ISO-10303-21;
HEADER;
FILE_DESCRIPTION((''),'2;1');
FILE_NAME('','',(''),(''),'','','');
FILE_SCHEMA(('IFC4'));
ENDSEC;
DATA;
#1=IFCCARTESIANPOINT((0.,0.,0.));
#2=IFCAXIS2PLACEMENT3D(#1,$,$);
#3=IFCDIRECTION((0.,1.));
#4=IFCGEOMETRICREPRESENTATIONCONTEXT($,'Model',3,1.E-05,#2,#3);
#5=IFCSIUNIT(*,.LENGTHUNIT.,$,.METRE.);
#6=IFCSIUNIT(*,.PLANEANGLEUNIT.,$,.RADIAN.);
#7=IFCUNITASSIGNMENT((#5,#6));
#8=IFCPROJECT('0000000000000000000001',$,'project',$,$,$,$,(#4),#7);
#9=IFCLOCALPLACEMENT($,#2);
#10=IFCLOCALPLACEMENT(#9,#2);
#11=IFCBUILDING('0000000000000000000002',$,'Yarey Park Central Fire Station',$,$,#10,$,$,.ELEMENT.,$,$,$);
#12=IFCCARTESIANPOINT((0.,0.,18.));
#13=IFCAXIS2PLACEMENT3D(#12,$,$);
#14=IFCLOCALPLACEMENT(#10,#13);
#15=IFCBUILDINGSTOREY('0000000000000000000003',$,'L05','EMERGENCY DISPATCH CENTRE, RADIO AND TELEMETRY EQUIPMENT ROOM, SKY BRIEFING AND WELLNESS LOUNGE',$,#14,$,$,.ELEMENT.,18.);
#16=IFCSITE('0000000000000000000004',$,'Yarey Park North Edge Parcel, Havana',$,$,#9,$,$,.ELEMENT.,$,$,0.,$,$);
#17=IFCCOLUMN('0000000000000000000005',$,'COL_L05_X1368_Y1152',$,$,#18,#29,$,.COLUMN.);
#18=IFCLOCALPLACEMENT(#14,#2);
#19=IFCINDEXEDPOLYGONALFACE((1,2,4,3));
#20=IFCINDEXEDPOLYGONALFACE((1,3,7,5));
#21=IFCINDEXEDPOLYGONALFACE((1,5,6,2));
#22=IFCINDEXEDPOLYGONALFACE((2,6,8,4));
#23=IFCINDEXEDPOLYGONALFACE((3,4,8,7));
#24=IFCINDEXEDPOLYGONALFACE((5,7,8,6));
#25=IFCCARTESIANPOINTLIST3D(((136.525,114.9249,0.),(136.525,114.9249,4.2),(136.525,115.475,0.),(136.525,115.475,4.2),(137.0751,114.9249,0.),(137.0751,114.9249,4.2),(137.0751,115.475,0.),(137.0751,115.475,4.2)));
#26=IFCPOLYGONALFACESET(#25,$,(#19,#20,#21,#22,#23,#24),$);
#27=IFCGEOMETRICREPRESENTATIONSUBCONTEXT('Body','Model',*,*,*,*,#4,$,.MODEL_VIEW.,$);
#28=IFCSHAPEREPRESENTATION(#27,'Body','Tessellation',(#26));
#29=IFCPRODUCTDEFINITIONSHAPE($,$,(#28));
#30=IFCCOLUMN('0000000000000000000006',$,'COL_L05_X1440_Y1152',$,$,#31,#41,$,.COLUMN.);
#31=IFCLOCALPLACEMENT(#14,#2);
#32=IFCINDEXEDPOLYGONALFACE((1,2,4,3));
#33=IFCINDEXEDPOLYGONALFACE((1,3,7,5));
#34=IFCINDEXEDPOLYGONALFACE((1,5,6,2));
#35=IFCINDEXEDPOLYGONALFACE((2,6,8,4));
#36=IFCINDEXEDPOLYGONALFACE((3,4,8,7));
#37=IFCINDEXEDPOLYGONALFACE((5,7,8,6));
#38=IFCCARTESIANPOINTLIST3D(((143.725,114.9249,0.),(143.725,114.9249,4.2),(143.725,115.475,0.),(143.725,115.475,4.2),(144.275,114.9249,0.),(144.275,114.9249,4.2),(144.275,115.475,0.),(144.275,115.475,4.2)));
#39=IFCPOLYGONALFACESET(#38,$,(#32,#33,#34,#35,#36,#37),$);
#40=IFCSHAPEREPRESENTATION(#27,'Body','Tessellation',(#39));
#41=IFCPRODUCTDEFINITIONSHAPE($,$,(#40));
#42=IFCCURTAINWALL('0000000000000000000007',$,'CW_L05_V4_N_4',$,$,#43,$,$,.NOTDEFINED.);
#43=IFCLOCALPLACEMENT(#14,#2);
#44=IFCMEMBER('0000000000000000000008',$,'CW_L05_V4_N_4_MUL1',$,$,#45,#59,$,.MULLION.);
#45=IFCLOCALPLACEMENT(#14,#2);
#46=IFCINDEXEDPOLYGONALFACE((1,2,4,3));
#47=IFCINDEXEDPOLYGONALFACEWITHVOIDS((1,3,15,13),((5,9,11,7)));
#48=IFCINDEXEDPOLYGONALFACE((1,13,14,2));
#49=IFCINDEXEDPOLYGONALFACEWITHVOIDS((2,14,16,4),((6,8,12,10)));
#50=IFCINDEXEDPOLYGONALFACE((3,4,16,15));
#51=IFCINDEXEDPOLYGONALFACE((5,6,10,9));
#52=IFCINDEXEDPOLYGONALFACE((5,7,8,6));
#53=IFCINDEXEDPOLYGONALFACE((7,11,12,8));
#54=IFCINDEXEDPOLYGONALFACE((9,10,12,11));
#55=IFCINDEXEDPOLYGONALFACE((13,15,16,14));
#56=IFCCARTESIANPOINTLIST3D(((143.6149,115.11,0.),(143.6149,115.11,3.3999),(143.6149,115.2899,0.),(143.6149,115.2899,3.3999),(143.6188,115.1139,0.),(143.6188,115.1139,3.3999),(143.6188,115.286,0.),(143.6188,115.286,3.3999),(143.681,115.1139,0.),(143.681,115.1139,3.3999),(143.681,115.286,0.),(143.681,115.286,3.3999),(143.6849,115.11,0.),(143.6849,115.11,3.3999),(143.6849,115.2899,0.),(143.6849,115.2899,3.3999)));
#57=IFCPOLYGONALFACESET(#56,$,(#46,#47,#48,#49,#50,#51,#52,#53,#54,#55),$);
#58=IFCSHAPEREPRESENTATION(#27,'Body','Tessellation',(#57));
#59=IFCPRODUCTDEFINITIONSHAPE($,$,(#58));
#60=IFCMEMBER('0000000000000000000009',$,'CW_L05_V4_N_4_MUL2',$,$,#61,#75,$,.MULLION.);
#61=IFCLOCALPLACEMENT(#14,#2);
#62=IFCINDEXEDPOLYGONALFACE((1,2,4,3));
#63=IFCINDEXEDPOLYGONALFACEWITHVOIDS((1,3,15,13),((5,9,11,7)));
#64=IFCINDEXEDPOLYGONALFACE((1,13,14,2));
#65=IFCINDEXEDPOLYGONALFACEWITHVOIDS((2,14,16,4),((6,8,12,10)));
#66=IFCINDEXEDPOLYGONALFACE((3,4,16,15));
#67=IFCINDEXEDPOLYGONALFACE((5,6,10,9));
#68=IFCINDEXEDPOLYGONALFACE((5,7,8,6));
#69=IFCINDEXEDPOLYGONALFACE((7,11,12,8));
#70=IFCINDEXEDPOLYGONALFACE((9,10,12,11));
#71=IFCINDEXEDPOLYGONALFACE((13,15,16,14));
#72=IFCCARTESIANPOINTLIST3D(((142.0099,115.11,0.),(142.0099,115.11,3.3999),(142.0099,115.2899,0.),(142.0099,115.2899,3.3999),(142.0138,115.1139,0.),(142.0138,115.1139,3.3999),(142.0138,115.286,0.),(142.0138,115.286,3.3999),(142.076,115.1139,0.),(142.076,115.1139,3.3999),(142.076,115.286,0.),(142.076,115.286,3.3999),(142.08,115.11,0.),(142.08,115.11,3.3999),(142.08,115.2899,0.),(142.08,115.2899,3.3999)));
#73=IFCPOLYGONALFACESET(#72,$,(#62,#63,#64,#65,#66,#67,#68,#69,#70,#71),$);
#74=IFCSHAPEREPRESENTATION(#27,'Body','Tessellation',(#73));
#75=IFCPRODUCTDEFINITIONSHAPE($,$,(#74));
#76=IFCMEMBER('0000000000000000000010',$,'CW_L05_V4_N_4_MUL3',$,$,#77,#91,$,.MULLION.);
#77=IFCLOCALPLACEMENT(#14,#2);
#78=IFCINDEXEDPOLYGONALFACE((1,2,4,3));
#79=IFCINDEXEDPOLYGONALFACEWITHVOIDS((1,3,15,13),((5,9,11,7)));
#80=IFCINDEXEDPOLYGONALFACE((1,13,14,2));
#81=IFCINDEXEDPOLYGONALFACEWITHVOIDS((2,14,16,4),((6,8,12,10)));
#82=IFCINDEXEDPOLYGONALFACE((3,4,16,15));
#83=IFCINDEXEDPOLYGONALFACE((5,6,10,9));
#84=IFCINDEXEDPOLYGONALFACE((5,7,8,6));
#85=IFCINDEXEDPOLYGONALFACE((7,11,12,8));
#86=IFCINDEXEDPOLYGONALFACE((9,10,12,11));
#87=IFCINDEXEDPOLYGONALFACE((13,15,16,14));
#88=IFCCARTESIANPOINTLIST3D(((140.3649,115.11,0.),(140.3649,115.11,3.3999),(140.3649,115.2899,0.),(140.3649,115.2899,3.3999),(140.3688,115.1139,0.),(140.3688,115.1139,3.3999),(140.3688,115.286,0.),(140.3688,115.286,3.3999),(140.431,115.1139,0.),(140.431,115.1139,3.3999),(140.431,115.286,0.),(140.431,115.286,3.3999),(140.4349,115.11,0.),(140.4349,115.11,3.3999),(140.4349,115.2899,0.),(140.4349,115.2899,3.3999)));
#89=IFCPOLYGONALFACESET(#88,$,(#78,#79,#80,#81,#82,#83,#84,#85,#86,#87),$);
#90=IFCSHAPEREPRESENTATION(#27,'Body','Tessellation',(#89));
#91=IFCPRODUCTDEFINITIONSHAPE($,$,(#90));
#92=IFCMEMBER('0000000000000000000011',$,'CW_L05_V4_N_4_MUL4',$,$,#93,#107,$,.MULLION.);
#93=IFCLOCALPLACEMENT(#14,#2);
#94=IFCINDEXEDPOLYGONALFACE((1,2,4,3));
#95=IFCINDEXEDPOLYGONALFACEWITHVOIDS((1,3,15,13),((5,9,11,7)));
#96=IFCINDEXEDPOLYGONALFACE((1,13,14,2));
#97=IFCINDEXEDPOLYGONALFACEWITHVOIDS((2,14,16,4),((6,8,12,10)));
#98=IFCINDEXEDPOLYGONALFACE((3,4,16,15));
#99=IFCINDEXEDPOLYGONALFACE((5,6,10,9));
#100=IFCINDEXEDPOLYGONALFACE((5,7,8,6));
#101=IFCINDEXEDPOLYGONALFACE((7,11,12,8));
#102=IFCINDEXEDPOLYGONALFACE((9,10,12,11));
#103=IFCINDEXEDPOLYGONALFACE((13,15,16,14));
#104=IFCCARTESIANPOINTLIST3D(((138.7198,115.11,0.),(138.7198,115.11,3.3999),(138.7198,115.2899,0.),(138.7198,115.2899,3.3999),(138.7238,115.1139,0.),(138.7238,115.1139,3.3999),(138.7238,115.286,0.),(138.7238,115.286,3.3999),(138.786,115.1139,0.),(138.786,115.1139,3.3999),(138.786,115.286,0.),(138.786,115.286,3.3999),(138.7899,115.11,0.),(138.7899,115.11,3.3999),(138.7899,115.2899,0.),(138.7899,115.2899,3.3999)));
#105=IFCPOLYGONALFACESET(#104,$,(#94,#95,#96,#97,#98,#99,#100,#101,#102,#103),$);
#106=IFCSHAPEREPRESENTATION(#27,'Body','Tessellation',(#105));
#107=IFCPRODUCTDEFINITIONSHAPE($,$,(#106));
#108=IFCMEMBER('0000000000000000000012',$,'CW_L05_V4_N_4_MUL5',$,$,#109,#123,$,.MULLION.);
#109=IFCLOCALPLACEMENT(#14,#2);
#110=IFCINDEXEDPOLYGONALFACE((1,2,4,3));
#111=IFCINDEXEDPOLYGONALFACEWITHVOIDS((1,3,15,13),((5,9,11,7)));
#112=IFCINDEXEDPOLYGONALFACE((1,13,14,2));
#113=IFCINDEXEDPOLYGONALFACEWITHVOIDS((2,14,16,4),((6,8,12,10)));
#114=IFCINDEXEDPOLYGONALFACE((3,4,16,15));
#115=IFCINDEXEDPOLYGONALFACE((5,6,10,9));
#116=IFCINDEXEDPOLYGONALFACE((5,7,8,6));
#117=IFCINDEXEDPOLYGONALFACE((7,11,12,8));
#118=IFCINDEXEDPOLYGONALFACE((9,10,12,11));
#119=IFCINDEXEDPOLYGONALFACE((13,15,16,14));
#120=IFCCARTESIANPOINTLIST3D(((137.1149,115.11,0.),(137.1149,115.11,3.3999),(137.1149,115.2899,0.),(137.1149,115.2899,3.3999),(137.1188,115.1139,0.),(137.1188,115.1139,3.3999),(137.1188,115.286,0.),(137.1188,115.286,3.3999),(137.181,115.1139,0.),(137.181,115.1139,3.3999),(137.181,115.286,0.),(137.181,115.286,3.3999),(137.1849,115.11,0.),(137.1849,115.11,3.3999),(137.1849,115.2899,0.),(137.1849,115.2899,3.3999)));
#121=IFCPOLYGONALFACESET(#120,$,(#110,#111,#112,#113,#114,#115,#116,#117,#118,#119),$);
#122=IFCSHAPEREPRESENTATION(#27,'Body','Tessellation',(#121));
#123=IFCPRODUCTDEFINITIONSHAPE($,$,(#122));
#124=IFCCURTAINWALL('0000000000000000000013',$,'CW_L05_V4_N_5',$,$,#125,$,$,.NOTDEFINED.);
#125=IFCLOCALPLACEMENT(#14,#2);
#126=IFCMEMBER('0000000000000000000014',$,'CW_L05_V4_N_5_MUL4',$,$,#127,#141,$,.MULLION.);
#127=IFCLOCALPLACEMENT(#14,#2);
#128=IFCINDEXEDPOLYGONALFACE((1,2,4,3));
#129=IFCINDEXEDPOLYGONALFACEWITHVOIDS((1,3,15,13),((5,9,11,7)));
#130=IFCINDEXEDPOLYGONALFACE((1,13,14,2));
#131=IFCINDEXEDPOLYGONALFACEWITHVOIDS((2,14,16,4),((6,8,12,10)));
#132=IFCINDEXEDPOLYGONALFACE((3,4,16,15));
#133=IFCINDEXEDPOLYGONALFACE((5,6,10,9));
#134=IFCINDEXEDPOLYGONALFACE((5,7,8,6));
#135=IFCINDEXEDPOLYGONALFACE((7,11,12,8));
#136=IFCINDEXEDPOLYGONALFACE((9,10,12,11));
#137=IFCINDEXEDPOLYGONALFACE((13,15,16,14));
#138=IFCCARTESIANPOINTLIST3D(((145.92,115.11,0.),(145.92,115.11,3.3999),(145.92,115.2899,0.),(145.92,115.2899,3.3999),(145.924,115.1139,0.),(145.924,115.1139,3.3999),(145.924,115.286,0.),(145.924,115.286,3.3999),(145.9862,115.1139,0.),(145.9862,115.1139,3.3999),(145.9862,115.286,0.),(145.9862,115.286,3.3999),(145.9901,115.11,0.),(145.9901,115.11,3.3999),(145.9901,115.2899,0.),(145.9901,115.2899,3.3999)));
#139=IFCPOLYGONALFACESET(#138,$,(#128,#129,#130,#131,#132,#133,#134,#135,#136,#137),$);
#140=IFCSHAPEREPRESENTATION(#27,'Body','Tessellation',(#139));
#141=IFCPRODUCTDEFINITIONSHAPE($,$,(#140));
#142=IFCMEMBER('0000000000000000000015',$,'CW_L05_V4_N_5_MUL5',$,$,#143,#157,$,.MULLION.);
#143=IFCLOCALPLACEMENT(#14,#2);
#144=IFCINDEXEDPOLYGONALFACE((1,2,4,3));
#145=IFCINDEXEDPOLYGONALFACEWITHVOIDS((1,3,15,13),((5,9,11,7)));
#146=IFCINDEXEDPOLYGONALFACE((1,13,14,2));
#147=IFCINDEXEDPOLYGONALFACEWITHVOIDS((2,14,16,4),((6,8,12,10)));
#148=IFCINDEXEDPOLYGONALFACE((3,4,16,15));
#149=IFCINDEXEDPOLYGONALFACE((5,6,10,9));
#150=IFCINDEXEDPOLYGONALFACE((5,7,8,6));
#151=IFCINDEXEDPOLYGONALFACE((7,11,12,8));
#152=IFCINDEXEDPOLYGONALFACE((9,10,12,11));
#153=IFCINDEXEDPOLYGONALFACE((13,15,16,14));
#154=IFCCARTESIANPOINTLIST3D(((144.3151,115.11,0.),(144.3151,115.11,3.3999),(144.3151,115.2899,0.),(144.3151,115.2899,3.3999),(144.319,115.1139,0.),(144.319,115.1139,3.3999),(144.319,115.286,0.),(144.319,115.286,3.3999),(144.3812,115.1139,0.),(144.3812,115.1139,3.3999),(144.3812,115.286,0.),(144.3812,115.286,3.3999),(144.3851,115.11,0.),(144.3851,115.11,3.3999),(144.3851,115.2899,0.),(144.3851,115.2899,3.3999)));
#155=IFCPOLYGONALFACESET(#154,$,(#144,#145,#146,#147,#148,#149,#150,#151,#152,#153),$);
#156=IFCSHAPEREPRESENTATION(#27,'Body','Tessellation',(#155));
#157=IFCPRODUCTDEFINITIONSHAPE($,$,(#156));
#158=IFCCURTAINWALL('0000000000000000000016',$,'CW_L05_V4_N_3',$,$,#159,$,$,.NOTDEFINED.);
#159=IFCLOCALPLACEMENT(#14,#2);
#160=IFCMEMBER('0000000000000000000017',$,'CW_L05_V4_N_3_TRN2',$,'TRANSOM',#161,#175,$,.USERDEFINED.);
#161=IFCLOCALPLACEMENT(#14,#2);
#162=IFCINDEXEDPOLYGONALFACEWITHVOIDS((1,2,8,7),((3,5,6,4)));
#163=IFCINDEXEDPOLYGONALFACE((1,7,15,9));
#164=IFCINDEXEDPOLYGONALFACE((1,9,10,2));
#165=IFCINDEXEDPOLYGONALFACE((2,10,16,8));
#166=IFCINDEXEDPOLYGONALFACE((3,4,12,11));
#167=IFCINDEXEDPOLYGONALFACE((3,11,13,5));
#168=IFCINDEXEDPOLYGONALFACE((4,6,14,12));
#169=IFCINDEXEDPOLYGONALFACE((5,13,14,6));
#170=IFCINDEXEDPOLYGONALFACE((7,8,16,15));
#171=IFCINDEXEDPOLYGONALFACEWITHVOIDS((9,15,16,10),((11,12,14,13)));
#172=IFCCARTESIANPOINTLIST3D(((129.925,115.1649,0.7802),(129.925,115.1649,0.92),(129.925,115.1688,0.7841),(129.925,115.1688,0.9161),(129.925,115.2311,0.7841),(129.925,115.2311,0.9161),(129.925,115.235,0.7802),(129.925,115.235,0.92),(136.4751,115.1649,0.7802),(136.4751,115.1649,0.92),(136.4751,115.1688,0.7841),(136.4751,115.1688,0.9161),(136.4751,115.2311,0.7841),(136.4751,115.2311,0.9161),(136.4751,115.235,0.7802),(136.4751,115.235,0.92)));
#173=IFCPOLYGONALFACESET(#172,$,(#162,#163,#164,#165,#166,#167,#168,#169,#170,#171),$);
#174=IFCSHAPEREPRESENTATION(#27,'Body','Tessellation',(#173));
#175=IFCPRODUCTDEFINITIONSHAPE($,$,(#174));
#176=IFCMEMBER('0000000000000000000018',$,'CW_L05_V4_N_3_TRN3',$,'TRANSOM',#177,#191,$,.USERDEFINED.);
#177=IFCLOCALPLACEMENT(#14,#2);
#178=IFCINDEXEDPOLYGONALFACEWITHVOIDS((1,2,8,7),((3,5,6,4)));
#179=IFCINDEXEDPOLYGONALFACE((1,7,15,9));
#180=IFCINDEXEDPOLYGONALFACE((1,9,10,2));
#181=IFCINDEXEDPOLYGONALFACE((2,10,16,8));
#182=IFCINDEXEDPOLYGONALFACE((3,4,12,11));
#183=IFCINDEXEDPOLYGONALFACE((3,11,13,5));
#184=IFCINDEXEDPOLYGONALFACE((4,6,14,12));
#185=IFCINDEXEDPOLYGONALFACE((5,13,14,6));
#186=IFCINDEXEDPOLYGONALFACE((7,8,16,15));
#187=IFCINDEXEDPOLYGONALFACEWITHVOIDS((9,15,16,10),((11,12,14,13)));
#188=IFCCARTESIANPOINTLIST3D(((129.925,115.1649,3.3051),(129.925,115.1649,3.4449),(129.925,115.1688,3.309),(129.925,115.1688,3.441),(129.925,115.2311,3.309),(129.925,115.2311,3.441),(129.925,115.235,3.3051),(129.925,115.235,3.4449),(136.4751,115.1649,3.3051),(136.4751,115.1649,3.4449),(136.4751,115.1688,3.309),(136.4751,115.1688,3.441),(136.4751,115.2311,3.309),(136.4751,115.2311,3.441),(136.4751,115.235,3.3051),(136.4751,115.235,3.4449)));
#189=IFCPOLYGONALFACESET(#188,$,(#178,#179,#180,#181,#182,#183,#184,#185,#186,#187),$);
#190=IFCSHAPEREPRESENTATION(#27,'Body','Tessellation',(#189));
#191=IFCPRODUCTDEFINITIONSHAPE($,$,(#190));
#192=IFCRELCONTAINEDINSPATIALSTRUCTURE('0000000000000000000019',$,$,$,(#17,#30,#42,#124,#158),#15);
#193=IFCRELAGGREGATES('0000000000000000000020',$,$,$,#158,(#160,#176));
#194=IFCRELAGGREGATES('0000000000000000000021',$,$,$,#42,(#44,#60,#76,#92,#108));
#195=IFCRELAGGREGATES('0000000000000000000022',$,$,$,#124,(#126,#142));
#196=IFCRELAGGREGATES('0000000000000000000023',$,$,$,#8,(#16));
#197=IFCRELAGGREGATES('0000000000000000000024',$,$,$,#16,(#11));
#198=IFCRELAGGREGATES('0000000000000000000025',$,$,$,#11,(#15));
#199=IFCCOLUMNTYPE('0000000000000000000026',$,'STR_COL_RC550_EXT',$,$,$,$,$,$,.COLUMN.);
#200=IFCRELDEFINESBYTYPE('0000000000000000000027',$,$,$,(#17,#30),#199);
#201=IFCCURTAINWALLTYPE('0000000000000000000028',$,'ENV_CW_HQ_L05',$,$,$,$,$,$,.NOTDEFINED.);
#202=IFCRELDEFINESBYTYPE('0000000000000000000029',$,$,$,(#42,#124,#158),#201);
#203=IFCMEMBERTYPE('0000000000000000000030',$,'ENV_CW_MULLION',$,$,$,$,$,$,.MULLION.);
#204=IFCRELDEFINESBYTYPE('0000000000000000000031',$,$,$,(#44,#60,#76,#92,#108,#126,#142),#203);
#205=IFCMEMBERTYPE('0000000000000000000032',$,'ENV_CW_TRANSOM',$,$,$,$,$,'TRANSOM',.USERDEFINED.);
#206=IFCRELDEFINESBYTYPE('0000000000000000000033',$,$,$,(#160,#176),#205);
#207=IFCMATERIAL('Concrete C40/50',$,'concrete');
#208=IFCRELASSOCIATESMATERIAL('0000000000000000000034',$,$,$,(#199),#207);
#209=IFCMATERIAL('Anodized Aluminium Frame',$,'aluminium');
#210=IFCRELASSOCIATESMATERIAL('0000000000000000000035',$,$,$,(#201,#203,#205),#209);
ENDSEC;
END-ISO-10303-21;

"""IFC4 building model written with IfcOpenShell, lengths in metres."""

from ifc_helpers import new_model, si_unit, direction, frame, origin, origin_2d, place, context, subcontext, project, spatial, rectangle, hollow_rectangle, extrude, material, material_profile, profile_set, type_object, element, aggregate, save


model = new_model("IFC4")

# Units and contexts
model_context = context("Model", 3, precision=1e-05, world=origin(), true_north=direction((0.0, 1.0)))
body_context = subcontext(model_context, "Body", "Model", "MODEL_VIEW")
ifc_project = project(units=[si_unit("LENGTHUNIT", "METRE"), si_unit("PLANEANGLEUNIT", "RADIAN")], contexts=[model_context])

# Site, building, storey
site_placement = place(None, origin())
site = spatial("IfcSite", under=ifc_project, at=site_placement, Name="Yarey Park North Edge Parcel, Havana", CompositionType="ELEMENT", RefElevation=0.0)
building_placement = place(site_placement, origin())
building = spatial("IfcBuilding", under=site, at=building_placement, Name="Yarey Park Central Fire Station", CompositionType="ELEMENT")
storey_placement = place(building_placement, frame((0.0, 0.0, 18.0)))
storey = spatial("IfcBuildingStorey", under=building, at=storey_placement, Name="L05", Description="EMERGENCY DISPATCH CENTRE, RADIO AND TELEMETRY EQUIPMENT ROOM, SKY BRIEFING AND WELLNESS LOUNGE", CompositionType="ELEMENT", Elevation=18.0)

# Columns
ifc_material_1 = material(Name="Concrete C40/50", Category="concrete")
ifc_material_profile_1 = material_profile(ifc_material_1, rectangle(XDim=0.55, YDim=0.55, at=origin_2d()), Name="RC 550x550")
ifc_profile_set_1 = profile_set([ifc_material_profile_1], Name="Concrete C40/50")
column_type = type_object("IfcColumnType", Name="STR_COL_RC550_EXT", PredefinedType="COLUMN", material=ifc_profile_set_1)
for number, where, z_axis, x_axis, name in (
    (1, (136.8, 115.2, 0.0), (0.0, 0.0, 1.0), (1.0, 0.0, 0.0), "COL_L05_X1368_Y1152"),
    (2, (144.0, 115.2, 0.0), (0.0, 0.0, 1.0), (1.0, 0.0, 0.0), "COL_L05_X1440_Y1152"),
):
    element("IfcColumn", number, at=place(storey_placement, frame(where, z_axis=z_axis, x_axis=x_axis)), inside=storey, type_object=column_type, Name=name, PredefinedType="COLUMN", context=body_context, shape_type="SweptSolid", body=[
        extrude(rectangle(XDim=0.55, YDim=0.55, at=origin_2d()), origin(), (0.0, 0.0, 1.0), 4.2),
    ])

# Curtain walls, members
ifc_material_2 = material(Name="Anodized Aluminium Frame", Category="aluminium")
curtain_wall_type = type_object("IfcCurtainWallType", Name="ENV_CW_HQ_L05", PredefinedType="NOTDEFINED", material=ifc_material_2)
curtain_wall_1_placement = place(storey_placement, origin())
curtain_wall_1 = element("IfcCurtainWall", 3, at=curtain_wall_1_placement, inside=storey, type_object=curtain_wall_type, Name="CW_L05_V4_N_4", PredefinedType="NOTDEFINED")
ifc_material_profile_2 = material_profile(ifc_material_2, hollow_rectangle(XDim=0.0701, YDim=0.1799, WallThickness=0.0039, at=origin_2d()), Name="ALU 180x70x4")
ifc_profile_set_2 = profile_set([ifc_material_profile_2], Name="Anodized Aluminium Frame")
member_type_1 = type_object("IfcMemberType", Name="ENV_CW_MULLION", PredefinedType="MULLION", material=ifc_profile_set_2)
member_1_placement = place(storey_placement, frame((143.6499, 115.2, 0.0), z_axis=(0.0, 0.0, 1.0), x_axis=(1.0, 0.0, 0.0)))
member_1 = element("IfcMember", 4, at=member_1_placement, type_object=member_type_1, Name="CW_L05_V4_N_4_MUL1", PredefinedType="MULLION", context=body_context, shape_type="SweptSolid", body=[
    extrude(hollow_rectangle(XDim=0.0701, YDim=0.1799, WallThickness=0.0039, at=origin_2d()), origin(), (0.0, 0.0, 1.0), 3.3999),
])
member_2_placement = place(storey_placement, frame((142.0449, 115.2, 0.0), z_axis=(0.0, 0.0, 1.0), x_axis=(1.0, 0.0, 0.0)))
member_2 = element("IfcMember", 5, at=member_2_placement, type_object=member_type_1, Name="CW_L05_V4_N_4_MUL2", PredefinedType="MULLION", context=body_context, shape_type="SweptSolid", body=[
    extrude(hollow_rectangle(XDim=0.0701, YDim=0.1799, WallThickness=0.0039, at=origin_2d()), origin(), (0.0, 0.0, 1.0), 3.3999),
])
member_3_placement = place(storey_placement, frame((140.3999, 115.2, 0.0), z_axis=(0.0, 0.0, 1.0), x_axis=(1.0, 0.0, 0.0)))
member_3 = element("IfcMember", 6, at=member_3_placement, type_object=member_type_1, Name="CW_L05_V4_N_4_MUL3", PredefinedType="MULLION", context=body_context, shape_type="SweptSolid", body=[
    extrude(hollow_rectangle(XDim=0.0701, YDim=0.1799, WallThickness=0.0039, at=origin_2d()), origin(), (0.0, 0.0, 1.0), 3.3999),
])
member_4_placement = place(storey_placement, frame((138.7549, 115.2, 0.0), z_axis=(0.0, 0.0, 1.0), x_axis=(1.0, 0.0, 0.0)))
member_4 = element("IfcMember", 7, at=member_4_placement, type_object=member_type_1, Name="CW_L05_V4_N_4_MUL4", PredefinedType="MULLION", context=body_context, shape_type="SweptSolid", body=[
    extrude(hollow_rectangle(XDim=0.0701, YDim=0.1799, WallThickness=0.0039, at=origin_2d()), origin(), (0.0, 0.0, 1.0), 3.3999),
])
member_5_placement = place(storey_placement, frame((137.1499, 115.2, 0.0), z_axis=(0.0, 0.0, 1.0), x_axis=(1.0, 0.0, 0.0)))
member_5 = element("IfcMember", 8, at=member_5_placement, type_object=member_type_1, Name="CW_L05_V4_N_4_MUL5", PredefinedType="MULLION", context=body_context, shape_type="SweptSolid", body=[
    extrude(hollow_rectangle(XDim=0.0701, YDim=0.1799, WallThickness=0.0039, at=origin_2d()), origin(), (0.0, 0.0, 1.0), 3.3999),
])
curtain_wall_2_placement = place(storey_placement, origin())
curtain_wall_2 = element("IfcCurtainWall", 9, at=curtain_wall_2_placement, inside=storey, type_object=curtain_wall_type, Name="CW_L05_V4_N_5", PredefinedType="NOTDEFINED")
member_6_placement = place(storey_placement, frame((145.9551, 115.2, 0.0), z_axis=(0.0, 0.0, 1.0), x_axis=(1.0, 0.0, 0.0)))
member_6 = element("IfcMember", 10, at=member_6_placement, type_object=member_type_1, Name="CW_L05_V4_N_5_MUL4", PredefinedType="MULLION", context=body_context, shape_type="SweptSolid", body=[
    extrude(hollow_rectangle(XDim=0.0701, YDim=0.1799, WallThickness=0.0039, at=origin_2d()), origin(), (0.0, 0.0, 1.0), 3.3999),
])
member_7_placement = place(storey_placement, frame((144.3501, 115.2, 0.0), z_axis=(0.0, 0.0, 1.0), x_axis=(1.0, 0.0, 0.0)))
member_7 = element("IfcMember", 11, at=member_7_placement, type_object=member_type_1, Name="CW_L05_V4_N_5_MUL5", PredefinedType="MULLION", context=body_context, shape_type="SweptSolid", body=[
    extrude(hollow_rectangle(XDim=0.0701, YDim=0.1799, WallThickness=0.0039, at=origin_2d()), origin(), (0.0, 0.0, 1.0), 3.3999),
])
curtain_wall_3_placement = place(storey_placement, origin())
curtain_wall_3 = element("IfcCurtainWall", 12, at=curtain_wall_3_placement, inside=storey, type_object=curtain_wall_type, Name="CW_L05_V4_N_3", PredefinedType="NOTDEFINED")
ifc_material_profile_3 = material_profile(ifc_material_2, hollow_rectangle(XDim=0.0701, YDim=0.1399, WallThickness=0.0039, at=origin_2d()), Name="ALU 140x70x4")
ifc_profile_set_3 = profile_set([ifc_material_profile_3], Name="Anodized Aluminium Frame")
member_type_2 = type_object("IfcMemberType", Name="ENV_CW_TRANSOM", ElementType="TRANSOM", PredefinedType="USERDEFINED", material=ifc_profile_set_3)
member_8_placement = place(storey_placement, frame((136.4751, 115.2, 0.8501), z_axis=(-1.0, 0.0, 0.0), x_axis=(0.0, -1.0, 0.0)))
member_8 = element("IfcMember", 13, at=member_8_placement, type_object=member_type_2, Name="CW_L05_V4_N_3_TRN2", ObjectType="TRANSOM", PredefinedType="USERDEFINED", context=body_context, shape_type="SweptSolid", body=[
    extrude(hollow_rectangle(XDim=0.0701, YDim=0.1399, WallThickness=0.0039, at=origin_2d()), origin(), (0.0, 0.0, 1.0), 6.55),
])
member_9_placement = place(storey_placement, frame((136.4751, 115.2, 3.375), z_axis=(-1.0, 0.0, 0.0), x_axis=(0.0, -1.0, 0.0)))
member_9 = element("IfcMember", 14, at=member_9_placement, type_object=member_type_2, Name="CW_L05_V4_N_3_TRN3", ObjectType="TRANSOM", PredefinedType="USERDEFINED", context=body_context, shape_type="SweptSolid", body=[
    extrude(hollow_rectangle(XDim=0.0701, YDim=0.1399, WallThickness=0.0039, at=origin_2d()), origin(), (0.0, 0.0, 1.0), 6.55),
])
aggregate(curtain_wall_3, [member_8, member_9])

aggregate(curtain_wall_1, [member_1, member_2, member_3, member_4, member_5])
aggregate(curtain_wall_2, [member_6, member_7])

save(model, "model.ifc")
